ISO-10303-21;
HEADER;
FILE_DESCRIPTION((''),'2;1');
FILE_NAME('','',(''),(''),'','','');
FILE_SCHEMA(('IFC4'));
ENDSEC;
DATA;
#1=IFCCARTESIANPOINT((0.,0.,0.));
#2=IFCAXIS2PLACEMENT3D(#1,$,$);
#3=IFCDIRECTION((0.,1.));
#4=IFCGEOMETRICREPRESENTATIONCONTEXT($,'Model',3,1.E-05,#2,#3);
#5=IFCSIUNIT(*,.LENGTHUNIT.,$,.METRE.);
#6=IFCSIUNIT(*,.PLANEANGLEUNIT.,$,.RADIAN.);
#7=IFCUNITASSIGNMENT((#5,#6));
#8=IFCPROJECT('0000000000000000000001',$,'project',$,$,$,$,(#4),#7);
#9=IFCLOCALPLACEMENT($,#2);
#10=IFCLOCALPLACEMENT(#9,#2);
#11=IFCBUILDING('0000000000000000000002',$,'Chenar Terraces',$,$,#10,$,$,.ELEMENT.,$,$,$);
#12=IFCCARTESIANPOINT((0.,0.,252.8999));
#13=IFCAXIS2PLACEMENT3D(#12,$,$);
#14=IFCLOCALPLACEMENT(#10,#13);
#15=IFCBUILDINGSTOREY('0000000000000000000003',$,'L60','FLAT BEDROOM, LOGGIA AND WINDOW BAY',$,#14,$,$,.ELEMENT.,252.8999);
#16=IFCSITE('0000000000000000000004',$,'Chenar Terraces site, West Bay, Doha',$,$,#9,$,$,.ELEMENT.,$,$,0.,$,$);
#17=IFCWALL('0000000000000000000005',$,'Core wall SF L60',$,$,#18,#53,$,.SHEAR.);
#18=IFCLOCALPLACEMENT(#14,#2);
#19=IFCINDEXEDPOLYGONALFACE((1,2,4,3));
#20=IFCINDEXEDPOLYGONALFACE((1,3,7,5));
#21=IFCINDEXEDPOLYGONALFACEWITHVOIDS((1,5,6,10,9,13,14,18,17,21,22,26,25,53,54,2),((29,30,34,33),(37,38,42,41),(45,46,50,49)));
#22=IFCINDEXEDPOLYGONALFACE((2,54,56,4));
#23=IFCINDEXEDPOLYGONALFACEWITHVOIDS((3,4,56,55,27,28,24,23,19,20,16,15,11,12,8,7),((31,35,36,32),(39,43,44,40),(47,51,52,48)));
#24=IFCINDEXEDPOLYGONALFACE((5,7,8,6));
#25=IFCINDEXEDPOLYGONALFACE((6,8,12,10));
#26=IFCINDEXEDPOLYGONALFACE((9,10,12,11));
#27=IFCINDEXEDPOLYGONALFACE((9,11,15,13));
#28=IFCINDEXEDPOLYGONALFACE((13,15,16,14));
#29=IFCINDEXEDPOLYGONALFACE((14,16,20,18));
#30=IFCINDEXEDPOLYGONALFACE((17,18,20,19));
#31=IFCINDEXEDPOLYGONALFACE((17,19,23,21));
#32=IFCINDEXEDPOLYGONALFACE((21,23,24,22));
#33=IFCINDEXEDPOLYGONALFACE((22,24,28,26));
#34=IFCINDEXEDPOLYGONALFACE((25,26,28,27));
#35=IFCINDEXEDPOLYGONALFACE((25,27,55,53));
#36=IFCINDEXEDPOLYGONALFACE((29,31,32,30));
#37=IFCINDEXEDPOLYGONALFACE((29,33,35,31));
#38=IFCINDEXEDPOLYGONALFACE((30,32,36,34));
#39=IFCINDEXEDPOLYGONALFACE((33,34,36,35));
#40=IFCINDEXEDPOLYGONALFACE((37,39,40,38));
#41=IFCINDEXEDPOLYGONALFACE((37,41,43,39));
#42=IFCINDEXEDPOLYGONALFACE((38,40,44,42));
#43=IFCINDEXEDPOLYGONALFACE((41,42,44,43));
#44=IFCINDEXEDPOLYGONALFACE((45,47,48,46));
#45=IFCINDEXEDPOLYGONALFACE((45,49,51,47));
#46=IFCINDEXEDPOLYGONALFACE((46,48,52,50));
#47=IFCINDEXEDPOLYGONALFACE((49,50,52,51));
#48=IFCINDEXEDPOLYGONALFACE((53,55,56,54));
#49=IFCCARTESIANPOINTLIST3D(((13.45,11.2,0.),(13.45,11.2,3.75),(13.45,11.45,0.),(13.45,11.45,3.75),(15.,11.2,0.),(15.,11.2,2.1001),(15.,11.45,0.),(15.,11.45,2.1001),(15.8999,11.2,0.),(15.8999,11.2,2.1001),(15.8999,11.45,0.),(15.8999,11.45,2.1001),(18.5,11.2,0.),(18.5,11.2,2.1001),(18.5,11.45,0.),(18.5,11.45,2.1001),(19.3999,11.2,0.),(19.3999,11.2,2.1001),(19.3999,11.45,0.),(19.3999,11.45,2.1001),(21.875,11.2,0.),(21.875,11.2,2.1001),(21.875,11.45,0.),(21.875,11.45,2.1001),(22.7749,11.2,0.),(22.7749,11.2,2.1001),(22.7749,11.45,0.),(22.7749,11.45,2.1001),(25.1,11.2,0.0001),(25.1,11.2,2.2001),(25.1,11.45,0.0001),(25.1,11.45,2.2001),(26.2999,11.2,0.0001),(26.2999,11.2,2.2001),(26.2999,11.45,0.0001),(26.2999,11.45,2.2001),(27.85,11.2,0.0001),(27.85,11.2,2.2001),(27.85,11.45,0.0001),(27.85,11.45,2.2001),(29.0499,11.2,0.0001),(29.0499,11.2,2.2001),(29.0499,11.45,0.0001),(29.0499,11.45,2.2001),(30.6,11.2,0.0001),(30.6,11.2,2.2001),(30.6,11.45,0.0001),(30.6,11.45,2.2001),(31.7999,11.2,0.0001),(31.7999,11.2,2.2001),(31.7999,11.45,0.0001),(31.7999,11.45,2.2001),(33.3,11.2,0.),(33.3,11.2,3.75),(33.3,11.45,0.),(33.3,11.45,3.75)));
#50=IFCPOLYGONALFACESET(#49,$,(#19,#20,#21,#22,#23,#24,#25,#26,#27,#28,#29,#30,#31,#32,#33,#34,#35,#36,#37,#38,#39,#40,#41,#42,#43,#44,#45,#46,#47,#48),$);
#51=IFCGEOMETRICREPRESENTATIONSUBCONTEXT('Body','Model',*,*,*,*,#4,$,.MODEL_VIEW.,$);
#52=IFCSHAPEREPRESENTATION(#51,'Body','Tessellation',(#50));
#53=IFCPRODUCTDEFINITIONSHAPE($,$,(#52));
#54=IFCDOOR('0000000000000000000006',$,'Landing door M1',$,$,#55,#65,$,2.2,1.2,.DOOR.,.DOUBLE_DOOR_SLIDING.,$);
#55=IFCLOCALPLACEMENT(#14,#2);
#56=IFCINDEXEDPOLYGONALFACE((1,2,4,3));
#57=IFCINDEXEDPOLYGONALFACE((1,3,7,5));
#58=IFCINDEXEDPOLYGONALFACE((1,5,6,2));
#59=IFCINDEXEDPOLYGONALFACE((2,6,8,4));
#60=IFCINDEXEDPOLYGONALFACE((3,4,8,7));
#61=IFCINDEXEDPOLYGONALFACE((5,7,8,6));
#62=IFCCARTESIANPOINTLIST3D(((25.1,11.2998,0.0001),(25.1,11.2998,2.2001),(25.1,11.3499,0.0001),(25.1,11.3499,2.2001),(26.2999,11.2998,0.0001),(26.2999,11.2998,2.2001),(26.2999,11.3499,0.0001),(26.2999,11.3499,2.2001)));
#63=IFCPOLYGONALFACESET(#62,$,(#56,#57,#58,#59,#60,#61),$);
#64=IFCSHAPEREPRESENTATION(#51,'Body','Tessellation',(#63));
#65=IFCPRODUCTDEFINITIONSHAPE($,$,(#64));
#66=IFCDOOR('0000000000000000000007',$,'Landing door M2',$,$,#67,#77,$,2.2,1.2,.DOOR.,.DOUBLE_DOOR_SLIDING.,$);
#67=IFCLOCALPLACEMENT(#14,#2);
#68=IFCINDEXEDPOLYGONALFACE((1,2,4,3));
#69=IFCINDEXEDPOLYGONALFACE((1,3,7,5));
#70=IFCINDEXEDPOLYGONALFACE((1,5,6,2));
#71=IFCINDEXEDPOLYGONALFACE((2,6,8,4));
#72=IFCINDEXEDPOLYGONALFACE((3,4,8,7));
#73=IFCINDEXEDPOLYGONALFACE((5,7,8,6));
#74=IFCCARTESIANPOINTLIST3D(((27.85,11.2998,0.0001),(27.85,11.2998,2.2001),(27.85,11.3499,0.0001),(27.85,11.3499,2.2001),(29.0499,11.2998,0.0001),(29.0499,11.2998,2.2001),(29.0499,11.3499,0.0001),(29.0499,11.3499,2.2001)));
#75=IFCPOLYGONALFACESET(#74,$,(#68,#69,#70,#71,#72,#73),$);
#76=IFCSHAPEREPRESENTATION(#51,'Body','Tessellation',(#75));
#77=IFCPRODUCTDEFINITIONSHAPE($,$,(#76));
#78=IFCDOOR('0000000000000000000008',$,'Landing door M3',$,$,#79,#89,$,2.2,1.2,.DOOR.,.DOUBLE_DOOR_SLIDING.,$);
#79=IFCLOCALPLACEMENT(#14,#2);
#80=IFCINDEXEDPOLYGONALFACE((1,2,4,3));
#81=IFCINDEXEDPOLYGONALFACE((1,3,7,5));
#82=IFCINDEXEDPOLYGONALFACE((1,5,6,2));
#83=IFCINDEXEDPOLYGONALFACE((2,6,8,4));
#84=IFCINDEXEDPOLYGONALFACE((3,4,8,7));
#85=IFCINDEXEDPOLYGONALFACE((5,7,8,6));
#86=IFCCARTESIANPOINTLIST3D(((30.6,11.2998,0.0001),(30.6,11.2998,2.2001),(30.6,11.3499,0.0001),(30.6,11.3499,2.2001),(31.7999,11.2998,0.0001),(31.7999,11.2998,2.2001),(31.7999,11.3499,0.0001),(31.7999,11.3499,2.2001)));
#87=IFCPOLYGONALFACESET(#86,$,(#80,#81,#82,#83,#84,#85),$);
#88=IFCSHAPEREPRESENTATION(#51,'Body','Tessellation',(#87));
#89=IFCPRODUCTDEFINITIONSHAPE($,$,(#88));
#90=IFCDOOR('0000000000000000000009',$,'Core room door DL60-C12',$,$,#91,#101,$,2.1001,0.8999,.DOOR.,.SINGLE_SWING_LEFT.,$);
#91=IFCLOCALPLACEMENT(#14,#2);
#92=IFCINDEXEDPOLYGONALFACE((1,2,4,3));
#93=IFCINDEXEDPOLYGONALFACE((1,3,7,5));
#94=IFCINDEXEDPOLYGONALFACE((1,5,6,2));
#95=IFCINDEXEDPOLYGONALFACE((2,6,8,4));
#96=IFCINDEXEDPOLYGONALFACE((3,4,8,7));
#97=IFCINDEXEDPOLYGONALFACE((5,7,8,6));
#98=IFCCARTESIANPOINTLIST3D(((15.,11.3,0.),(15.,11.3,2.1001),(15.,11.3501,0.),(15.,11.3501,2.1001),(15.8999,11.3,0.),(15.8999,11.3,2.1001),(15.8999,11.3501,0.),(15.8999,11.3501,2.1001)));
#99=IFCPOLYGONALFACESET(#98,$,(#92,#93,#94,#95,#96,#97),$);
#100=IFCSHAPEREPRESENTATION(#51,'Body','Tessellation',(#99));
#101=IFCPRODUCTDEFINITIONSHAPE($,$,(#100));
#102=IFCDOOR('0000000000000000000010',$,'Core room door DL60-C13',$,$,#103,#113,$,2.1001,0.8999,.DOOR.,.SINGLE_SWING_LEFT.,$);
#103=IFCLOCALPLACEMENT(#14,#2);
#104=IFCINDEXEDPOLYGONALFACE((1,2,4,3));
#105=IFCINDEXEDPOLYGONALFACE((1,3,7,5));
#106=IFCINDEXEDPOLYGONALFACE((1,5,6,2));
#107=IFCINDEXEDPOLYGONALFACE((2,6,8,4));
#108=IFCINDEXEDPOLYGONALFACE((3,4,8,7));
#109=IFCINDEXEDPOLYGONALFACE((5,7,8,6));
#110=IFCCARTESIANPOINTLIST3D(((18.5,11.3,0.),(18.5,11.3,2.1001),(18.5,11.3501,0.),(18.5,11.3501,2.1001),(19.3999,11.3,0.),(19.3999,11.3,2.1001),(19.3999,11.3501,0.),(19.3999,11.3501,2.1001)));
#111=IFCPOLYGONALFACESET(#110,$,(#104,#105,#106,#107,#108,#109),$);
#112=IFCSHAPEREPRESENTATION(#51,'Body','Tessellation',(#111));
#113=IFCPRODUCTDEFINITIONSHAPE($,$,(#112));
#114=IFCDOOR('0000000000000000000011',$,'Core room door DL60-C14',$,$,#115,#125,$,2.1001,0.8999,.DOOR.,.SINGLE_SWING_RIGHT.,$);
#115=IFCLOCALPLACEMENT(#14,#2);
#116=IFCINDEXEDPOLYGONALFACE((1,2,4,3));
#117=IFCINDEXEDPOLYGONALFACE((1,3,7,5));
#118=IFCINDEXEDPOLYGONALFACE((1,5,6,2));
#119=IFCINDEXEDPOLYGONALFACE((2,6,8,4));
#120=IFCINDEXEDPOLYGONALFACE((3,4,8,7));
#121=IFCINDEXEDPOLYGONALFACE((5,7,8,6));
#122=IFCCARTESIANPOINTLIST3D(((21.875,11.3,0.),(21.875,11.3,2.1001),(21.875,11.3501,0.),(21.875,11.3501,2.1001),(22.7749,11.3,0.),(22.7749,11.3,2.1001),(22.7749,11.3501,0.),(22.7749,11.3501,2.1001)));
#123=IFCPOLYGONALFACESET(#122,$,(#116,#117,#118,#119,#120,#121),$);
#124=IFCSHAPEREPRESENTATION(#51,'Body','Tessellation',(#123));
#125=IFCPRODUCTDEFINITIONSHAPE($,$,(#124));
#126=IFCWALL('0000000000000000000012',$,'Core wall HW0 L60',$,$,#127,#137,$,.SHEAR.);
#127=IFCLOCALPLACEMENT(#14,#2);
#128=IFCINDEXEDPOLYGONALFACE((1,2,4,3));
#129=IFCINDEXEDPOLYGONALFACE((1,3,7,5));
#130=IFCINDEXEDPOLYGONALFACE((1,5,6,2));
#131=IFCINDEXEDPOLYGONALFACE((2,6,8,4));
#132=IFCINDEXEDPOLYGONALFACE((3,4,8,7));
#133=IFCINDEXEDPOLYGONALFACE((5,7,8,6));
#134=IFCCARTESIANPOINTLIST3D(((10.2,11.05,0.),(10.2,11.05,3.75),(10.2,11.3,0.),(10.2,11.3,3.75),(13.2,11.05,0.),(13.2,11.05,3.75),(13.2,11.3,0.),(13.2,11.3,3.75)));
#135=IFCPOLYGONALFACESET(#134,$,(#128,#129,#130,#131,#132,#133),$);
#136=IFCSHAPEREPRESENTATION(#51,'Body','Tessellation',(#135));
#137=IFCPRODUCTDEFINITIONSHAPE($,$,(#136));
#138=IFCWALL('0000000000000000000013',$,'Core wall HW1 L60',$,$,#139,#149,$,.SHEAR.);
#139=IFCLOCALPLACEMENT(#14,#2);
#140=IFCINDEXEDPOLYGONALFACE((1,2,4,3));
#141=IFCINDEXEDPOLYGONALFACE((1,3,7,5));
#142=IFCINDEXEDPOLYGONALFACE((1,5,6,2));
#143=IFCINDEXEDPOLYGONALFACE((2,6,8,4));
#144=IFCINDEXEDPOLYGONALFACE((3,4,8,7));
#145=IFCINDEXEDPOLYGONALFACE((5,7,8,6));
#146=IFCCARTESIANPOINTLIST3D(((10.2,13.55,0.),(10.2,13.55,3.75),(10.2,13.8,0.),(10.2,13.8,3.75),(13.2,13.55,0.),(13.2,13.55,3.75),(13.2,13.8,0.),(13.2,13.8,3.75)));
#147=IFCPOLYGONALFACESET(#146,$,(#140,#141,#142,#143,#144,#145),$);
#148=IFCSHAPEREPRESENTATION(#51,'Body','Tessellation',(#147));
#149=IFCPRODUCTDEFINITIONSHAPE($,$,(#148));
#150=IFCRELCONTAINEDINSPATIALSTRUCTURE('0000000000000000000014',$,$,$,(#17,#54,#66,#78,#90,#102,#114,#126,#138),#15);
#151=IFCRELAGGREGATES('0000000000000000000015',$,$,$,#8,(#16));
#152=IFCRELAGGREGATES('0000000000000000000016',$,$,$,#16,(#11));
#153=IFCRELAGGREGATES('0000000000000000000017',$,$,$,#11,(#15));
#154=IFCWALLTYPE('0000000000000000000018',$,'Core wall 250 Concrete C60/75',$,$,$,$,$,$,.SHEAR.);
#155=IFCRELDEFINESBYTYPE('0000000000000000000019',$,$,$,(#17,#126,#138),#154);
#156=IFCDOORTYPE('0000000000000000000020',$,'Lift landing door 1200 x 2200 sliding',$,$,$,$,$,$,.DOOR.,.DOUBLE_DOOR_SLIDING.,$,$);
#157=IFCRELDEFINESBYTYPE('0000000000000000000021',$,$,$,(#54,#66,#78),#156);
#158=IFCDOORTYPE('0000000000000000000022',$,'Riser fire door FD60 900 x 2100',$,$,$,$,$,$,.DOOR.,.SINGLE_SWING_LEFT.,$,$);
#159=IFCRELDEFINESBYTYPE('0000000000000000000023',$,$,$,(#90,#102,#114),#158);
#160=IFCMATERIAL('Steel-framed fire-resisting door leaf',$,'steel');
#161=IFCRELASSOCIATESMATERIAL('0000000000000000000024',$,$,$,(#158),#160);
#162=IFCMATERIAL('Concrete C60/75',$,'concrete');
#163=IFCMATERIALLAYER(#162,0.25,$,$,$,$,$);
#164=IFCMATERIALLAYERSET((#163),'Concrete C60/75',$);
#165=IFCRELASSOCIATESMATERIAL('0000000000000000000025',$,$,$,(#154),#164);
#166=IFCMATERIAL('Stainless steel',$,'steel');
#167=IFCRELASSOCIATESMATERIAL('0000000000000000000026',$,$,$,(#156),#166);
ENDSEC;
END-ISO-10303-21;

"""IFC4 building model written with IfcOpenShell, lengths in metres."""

from ifc_helpers import new_model, si_unit, direction, frame, frame_2d, origin, place, context, subcontext, project, spatial, rectangle, extrude, material, layer, layer_set, type_object, element, fill, save


model = new_model("IFC4")

# Units and contexts
model_context = context("Model", 3, precision=1e-05, world=origin(), true_north=direction((0.0, 1.0)))
body_context = subcontext(model_context, "Body", "Model", "MODEL_VIEW")
ifc_project = project(units=[si_unit("LENGTHUNIT", "METRE"), si_unit("PLANEANGLEUNIT", "RADIAN")], contexts=[model_context])

# Site, building, storey
site_placement = place(None, origin())
site = spatial("IfcSite", under=ifc_project, at=site_placement, Name="Chenar Terraces site, West Bay, Doha", CompositionType="ELEMENT", RefElevation=0.0)
building_placement = place(site_placement, origin())
building = spatial("IfcBuilding", under=site, at=building_placement, Name="Chenar Terraces", CompositionType="ELEMENT")
storey_placement = place(building_placement, frame((0.0, 0.0, 252.8999)))
storey = spatial("IfcBuildingStorey", under=building, at=storey_placement, Name="L60", Description="FLAT BEDROOM, LOGGIA AND WINDOW BAY", CompositionType="ELEMENT", Elevation=252.8999)

# Shared definitions
ifc_material_1 = material(Name="Steel-framed fire-resisting door leaf", Category="steel")
door_type_1 = type_object("IfcDoorType", Name="Riser fire door FD60 900 x 2100", OperationType="SINGLE_SWING_LEFT", PredefinedType="DOOR", material=ifc_material_1)

# Shared definitions
ifc_material_2 = material(Name="Concrete C60/75", Category="concrete")
ifc_layer_1 = layer(ifc_material_2, 0.25)
ifc_layer_set_1 = layer_set([ifc_layer_1], Name="Concrete C60/75")
wall_type_1 = type_object("IfcWallType", Name="Core wall 250 Concrete C60/75", PredefinedType="SHEAR", material=ifc_layer_set_1)

# Wall, openings, doors
wall_1_placement = place(storey_placement, frame((13.45, 11.325, 0.0), z_axis=(0.0, 0.0, 1.0), x_axis=(1.0, 0.0, 0.0)))
wall_1 = element("IfcWall", 1, at=wall_1_placement, inside=storey, type_object=wall_type_1, Name="Core wall SF L60", PredefinedType="SHEAR", context=body_context, shape_type="SweptSolid", body=[
    extrude(rectangle(XDim=19.8501, YDim=0.25, at=frame_2d((9.925, 0.0))), origin(), (0.0, 0.0, 1.0), 3.75),
])
opening_1_placement = place(wall_1_placement, frame((11.6499, 0.0, 0.0)))
opening_1 = element("IfcOpeningElement", 2, at=opening_1_placement, cuts=wall_1, PredefinedType="OPENING", context=body_context, shape_type="SweptSolid", body=[
    extrude(rectangle(XDim=1.2, YDim=2.2, at=frame_2d((0.6001, 1.1001))), frame((0.0, 0.135, 0.0), z_axis=(0.0, -1.0, 0.0), x_axis=(1.0, 0.0, 0.0)), (0.0, 0.0, 1.0), 0.27),
])
opening_2_placement = place(wall_1_placement, frame((14.3999, 0.0, 0.0)))
opening_2 = element("IfcOpeningElement", 3, at=opening_2_placement, cuts=wall_1, PredefinedType="OPENING", context=body_context, shape_type="SweptSolid", body=[
    extrude(rectangle(XDim=1.2, YDim=2.2, at=frame_2d((0.6001, 1.1001))), frame((0.0, 0.135, 0.0), z_axis=(0.0, -1.0, 0.0), x_axis=(1.0, 0.0, 0.0)), (0.0, 0.0, 1.0), 0.27),
])
opening_3_placement = place(wall_1_placement, frame((17.1499, 0.0, 0.0)))
opening_3 = element("IfcOpeningElement", 4, at=opening_3_placement, cuts=wall_1, PredefinedType="OPENING", context=body_context, shape_type="SweptSolid", body=[
    extrude(rectangle(XDim=1.2, YDim=2.2, at=frame_2d((0.6001, 1.1001))), frame((0.0, 0.135, 0.0), z_axis=(0.0, -1.0, 0.0), x_axis=(1.0, 0.0, 0.0)), (0.0, 0.0, 1.0), 0.27),
])
opening_4_placement = place(wall_1_placement, frame((1.55, 0.0, 0.0)))
opening_4 = element("IfcOpeningElement", 5, at=opening_4_placement, cuts=wall_1, PredefinedType="OPENING", context=body_context, shape_type="SweptSolid", body=[
    extrude(rectangle(XDim=0.8999, YDim=2.1001, at=frame_2d((0.45, 1.05))), frame((0.0, 0.135, 0.0), z_axis=(0.0, -1.0, 0.0), x_axis=(1.0, 0.0, 0.0)), (0.0, 0.0, 1.0), 0.27),
])
opening_5_placement = place(wall_1_placement, frame((5.05, 0.0, 0.0)))
opening_5 = element("IfcOpeningElement", 6, at=opening_5_placement, cuts=wall_1, PredefinedType="OPENING", context=body_context, shape_type="SweptSolid", body=[
    extrude(rectangle(XDim=0.8999, YDim=2.1001, at=frame_2d((0.45, 1.05))), frame((0.0, 0.135, 0.0), z_axis=(0.0, -1.0, 0.0), x_axis=(1.0, 0.0, 0.0)), (0.0, 0.0, 1.0), 0.27),
])
opening_6_placement = place(wall_1_placement, frame((8.425, 0.0, 0.0)))
opening_6 = element("IfcOpeningElement", 7, at=opening_6_placement, cuts=wall_1, PredefinedType="OPENING", context=body_context, shape_type="SweptSolid", body=[
    extrude(rectangle(XDim=0.8999, YDim=2.1001, at=frame_2d((0.45, 1.05))), frame((0.0, 0.135, 0.0), z_axis=(0.0, -1.0, 0.0), x_axis=(1.0, 0.0, 0.0)), (0.0, 0.0, 1.0), 0.27),
])
ifc_material_3 = material(Name="Stainless steel", Category="steel")
door_type_2 = type_object("IfcDoorType", Name="Lift landing door 1200 x 2200 sliding", OperationType="DOUBLE_DOOR_SLIDING", PredefinedType="DOOR", material=ifc_material_3)
door_1_placement = place(opening_1_placement, origin())
door_1 = element("IfcDoor", 8, at=door_1_placement, inside=storey, type_object=door_type_2, Name="Landing door M1", OperationType="DOUBLE_DOOR_SLIDING", OverallHeight=2.2, OverallWidth=1.2, PredefinedType="DOOR", context=body_context, shape_type="SweptSolid", body=[
    extrude(rectangle(XDim=1.2, YDim=2.2, at=frame_2d((0.6001, 1.1001))), frame((0.0, 0.0249, 0.0), z_axis=(0.0, -1.0, 0.0), x_axis=(1.0, 0.0, 0.0)), (0.0, 0.0, 1.0), 0.05),
])
fill(opening_1, door_1)
door_2_placement = place(opening_2_placement, origin())
door_2 = element("IfcDoor", 9, at=door_2_placement, inside=storey, type_object=door_type_2, Name="Landing door M2", OperationType="DOUBLE_DOOR_SLIDING", OverallHeight=2.2, OverallWidth=1.2, PredefinedType="DOOR", context=body_context, shape_type="SweptSolid", body=[
    extrude(rectangle(XDim=1.2, YDim=2.2, at=frame_2d((0.6001, 1.1001))), frame((0.0, 0.0249, 0.0), z_axis=(0.0, -1.0, 0.0), x_axis=(1.0, 0.0, 0.0)), (0.0, 0.0, 1.0), 0.05),
])
fill(opening_2, door_2)
door_3_placement = place(opening_3_placement, origin())
door_3 = element("IfcDoor", 10, at=door_3_placement, inside=storey, type_object=door_type_2, Name="Landing door M3", OperationType="DOUBLE_DOOR_SLIDING", OverallHeight=2.2, OverallWidth=1.2, PredefinedType="DOOR", context=body_context, shape_type="SweptSolid", body=[
    extrude(rectangle(XDim=1.2, YDim=2.2, at=frame_2d((0.6001, 1.1001))), frame((0.0, 0.0249, 0.0), z_axis=(0.0, -1.0, 0.0), x_axis=(1.0, 0.0, 0.0)), (0.0, 0.0, 1.0), 0.05),
])
fill(opening_3, door_3)
door_4_placement = place(opening_4_placement, frame((0.8999, 0.0, 0.0), z_axis=(0.0, 0.0, 1.0), x_axis=(-1.0, 0.0, 0.0)))
door_4 = element("IfcDoor", 11, at=door_4_placement, inside=storey, type_object=door_type_1, Name="Core room door DL60-C12", OperationType="SINGLE_SWING_LEFT", OverallHeight=2.1001, OverallWidth=0.8999, PredefinedType="DOOR", context=body_context, shape_type="SweptSolid", body=[
    extrude(rectangle(XDim=0.8999, YDim=2.1001, at=frame_2d((0.45, 1.05))), frame((0.0, 0.0249, 0.0), z_axis=(0.0, -1.0, 0.0), x_axis=(1.0, 0.0, 0.0)), (0.0, 0.0, 1.0), 0.05),
])
fill(opening_4, door_4)
door_5_placement = place(opening_5_placement, frame((0.8999, 0.0, 0.0), z_axis=(0.0, 0.0, 1.0), x_axis=(-1.0, 0.0, 0.0)))
door_5 = element("IfcDoor", 12, at=door_5_placement, inside=storey, type_object=door_type_1, Name="Core room door DL60-C13", OperationType="SINGLE_SWING_LEFT", OverallHeight=2.1001, OverallWidth=0.8999, PredefinedType="DOOR", context=body_context, shape_type="SweptSolid", body=[
    extrude(rectangle(XDim=0.8999, YDim=2.1001, at=frame_2d((0.45, 1.05))), frame((0.0, 0.0249, 0.0), z_axis=(0.0, -1.0, 0.0), x_axis=(1.0, 0.0, 0.0)), (0.0, 0.0, 1.0), 0.05),
])
fill(opening_5, door_5)
door_6_placement = place(opening_6_placement, frame((0.8999, 0.0, 0.0), z_axis=(0.0, 0.0, 1.0), x_axis=(-1.0, 0.0, 0.0)))
door_6 = element("IfcDoor", 13, at=door_6_placement, inside=storey, type_object=door_type_1, Name="Core room door DL60-C14", OperationType="SINGLE_SWING_RIGHT", OverallHeight=2.1001, OverallWidth=0.8999, PredefinedType="DOOR", context=body_context, shape_type="SweptSolid", body=[
    extrude(rectangle(XDim=0.8999, YDim=2.1001, at=frame_2d((0.45, 1.05))), frame((0.0, 0.0249, 0.0), z_axis=(0.0, -1.0, 0.0), x_axis=(1.0, 0.0, 0.0)), (0.0, 0.0, 1.0), 0.05),
])
fill(opening_6, door_6)

# Walls
for number, where, z_axis, x_axis, name in (
    (14, (10.2, 11.175, 0.0), (0.0, 0.0, 1.0), (1.0, 0.0, 0.0), "Core wall HW0 L60"),
    (15, (10.2, 13.675, 0.0), (0.0, 0.0, 1.0), (1.0, 0.0, 0.0), "Core wall HW1 L60"),
):
    element("IfcWall", number, at=place(storey_placement, frame(where, z_axis=z_axis, x_axis=x_axis)), inside=storey, type_object=wall_type_1, Name=name, PredefinedType="SHEAR", context=body_context, shape_type="SweptSolid", body=[
        extrude(rectangle(XDim=3.0, YDim=0.25, at=frame_2d((1.5, 0.0))), origin(), (0.0, 0.0, 1.0), 3.75),
    ])

save(model, "model.ifc")
